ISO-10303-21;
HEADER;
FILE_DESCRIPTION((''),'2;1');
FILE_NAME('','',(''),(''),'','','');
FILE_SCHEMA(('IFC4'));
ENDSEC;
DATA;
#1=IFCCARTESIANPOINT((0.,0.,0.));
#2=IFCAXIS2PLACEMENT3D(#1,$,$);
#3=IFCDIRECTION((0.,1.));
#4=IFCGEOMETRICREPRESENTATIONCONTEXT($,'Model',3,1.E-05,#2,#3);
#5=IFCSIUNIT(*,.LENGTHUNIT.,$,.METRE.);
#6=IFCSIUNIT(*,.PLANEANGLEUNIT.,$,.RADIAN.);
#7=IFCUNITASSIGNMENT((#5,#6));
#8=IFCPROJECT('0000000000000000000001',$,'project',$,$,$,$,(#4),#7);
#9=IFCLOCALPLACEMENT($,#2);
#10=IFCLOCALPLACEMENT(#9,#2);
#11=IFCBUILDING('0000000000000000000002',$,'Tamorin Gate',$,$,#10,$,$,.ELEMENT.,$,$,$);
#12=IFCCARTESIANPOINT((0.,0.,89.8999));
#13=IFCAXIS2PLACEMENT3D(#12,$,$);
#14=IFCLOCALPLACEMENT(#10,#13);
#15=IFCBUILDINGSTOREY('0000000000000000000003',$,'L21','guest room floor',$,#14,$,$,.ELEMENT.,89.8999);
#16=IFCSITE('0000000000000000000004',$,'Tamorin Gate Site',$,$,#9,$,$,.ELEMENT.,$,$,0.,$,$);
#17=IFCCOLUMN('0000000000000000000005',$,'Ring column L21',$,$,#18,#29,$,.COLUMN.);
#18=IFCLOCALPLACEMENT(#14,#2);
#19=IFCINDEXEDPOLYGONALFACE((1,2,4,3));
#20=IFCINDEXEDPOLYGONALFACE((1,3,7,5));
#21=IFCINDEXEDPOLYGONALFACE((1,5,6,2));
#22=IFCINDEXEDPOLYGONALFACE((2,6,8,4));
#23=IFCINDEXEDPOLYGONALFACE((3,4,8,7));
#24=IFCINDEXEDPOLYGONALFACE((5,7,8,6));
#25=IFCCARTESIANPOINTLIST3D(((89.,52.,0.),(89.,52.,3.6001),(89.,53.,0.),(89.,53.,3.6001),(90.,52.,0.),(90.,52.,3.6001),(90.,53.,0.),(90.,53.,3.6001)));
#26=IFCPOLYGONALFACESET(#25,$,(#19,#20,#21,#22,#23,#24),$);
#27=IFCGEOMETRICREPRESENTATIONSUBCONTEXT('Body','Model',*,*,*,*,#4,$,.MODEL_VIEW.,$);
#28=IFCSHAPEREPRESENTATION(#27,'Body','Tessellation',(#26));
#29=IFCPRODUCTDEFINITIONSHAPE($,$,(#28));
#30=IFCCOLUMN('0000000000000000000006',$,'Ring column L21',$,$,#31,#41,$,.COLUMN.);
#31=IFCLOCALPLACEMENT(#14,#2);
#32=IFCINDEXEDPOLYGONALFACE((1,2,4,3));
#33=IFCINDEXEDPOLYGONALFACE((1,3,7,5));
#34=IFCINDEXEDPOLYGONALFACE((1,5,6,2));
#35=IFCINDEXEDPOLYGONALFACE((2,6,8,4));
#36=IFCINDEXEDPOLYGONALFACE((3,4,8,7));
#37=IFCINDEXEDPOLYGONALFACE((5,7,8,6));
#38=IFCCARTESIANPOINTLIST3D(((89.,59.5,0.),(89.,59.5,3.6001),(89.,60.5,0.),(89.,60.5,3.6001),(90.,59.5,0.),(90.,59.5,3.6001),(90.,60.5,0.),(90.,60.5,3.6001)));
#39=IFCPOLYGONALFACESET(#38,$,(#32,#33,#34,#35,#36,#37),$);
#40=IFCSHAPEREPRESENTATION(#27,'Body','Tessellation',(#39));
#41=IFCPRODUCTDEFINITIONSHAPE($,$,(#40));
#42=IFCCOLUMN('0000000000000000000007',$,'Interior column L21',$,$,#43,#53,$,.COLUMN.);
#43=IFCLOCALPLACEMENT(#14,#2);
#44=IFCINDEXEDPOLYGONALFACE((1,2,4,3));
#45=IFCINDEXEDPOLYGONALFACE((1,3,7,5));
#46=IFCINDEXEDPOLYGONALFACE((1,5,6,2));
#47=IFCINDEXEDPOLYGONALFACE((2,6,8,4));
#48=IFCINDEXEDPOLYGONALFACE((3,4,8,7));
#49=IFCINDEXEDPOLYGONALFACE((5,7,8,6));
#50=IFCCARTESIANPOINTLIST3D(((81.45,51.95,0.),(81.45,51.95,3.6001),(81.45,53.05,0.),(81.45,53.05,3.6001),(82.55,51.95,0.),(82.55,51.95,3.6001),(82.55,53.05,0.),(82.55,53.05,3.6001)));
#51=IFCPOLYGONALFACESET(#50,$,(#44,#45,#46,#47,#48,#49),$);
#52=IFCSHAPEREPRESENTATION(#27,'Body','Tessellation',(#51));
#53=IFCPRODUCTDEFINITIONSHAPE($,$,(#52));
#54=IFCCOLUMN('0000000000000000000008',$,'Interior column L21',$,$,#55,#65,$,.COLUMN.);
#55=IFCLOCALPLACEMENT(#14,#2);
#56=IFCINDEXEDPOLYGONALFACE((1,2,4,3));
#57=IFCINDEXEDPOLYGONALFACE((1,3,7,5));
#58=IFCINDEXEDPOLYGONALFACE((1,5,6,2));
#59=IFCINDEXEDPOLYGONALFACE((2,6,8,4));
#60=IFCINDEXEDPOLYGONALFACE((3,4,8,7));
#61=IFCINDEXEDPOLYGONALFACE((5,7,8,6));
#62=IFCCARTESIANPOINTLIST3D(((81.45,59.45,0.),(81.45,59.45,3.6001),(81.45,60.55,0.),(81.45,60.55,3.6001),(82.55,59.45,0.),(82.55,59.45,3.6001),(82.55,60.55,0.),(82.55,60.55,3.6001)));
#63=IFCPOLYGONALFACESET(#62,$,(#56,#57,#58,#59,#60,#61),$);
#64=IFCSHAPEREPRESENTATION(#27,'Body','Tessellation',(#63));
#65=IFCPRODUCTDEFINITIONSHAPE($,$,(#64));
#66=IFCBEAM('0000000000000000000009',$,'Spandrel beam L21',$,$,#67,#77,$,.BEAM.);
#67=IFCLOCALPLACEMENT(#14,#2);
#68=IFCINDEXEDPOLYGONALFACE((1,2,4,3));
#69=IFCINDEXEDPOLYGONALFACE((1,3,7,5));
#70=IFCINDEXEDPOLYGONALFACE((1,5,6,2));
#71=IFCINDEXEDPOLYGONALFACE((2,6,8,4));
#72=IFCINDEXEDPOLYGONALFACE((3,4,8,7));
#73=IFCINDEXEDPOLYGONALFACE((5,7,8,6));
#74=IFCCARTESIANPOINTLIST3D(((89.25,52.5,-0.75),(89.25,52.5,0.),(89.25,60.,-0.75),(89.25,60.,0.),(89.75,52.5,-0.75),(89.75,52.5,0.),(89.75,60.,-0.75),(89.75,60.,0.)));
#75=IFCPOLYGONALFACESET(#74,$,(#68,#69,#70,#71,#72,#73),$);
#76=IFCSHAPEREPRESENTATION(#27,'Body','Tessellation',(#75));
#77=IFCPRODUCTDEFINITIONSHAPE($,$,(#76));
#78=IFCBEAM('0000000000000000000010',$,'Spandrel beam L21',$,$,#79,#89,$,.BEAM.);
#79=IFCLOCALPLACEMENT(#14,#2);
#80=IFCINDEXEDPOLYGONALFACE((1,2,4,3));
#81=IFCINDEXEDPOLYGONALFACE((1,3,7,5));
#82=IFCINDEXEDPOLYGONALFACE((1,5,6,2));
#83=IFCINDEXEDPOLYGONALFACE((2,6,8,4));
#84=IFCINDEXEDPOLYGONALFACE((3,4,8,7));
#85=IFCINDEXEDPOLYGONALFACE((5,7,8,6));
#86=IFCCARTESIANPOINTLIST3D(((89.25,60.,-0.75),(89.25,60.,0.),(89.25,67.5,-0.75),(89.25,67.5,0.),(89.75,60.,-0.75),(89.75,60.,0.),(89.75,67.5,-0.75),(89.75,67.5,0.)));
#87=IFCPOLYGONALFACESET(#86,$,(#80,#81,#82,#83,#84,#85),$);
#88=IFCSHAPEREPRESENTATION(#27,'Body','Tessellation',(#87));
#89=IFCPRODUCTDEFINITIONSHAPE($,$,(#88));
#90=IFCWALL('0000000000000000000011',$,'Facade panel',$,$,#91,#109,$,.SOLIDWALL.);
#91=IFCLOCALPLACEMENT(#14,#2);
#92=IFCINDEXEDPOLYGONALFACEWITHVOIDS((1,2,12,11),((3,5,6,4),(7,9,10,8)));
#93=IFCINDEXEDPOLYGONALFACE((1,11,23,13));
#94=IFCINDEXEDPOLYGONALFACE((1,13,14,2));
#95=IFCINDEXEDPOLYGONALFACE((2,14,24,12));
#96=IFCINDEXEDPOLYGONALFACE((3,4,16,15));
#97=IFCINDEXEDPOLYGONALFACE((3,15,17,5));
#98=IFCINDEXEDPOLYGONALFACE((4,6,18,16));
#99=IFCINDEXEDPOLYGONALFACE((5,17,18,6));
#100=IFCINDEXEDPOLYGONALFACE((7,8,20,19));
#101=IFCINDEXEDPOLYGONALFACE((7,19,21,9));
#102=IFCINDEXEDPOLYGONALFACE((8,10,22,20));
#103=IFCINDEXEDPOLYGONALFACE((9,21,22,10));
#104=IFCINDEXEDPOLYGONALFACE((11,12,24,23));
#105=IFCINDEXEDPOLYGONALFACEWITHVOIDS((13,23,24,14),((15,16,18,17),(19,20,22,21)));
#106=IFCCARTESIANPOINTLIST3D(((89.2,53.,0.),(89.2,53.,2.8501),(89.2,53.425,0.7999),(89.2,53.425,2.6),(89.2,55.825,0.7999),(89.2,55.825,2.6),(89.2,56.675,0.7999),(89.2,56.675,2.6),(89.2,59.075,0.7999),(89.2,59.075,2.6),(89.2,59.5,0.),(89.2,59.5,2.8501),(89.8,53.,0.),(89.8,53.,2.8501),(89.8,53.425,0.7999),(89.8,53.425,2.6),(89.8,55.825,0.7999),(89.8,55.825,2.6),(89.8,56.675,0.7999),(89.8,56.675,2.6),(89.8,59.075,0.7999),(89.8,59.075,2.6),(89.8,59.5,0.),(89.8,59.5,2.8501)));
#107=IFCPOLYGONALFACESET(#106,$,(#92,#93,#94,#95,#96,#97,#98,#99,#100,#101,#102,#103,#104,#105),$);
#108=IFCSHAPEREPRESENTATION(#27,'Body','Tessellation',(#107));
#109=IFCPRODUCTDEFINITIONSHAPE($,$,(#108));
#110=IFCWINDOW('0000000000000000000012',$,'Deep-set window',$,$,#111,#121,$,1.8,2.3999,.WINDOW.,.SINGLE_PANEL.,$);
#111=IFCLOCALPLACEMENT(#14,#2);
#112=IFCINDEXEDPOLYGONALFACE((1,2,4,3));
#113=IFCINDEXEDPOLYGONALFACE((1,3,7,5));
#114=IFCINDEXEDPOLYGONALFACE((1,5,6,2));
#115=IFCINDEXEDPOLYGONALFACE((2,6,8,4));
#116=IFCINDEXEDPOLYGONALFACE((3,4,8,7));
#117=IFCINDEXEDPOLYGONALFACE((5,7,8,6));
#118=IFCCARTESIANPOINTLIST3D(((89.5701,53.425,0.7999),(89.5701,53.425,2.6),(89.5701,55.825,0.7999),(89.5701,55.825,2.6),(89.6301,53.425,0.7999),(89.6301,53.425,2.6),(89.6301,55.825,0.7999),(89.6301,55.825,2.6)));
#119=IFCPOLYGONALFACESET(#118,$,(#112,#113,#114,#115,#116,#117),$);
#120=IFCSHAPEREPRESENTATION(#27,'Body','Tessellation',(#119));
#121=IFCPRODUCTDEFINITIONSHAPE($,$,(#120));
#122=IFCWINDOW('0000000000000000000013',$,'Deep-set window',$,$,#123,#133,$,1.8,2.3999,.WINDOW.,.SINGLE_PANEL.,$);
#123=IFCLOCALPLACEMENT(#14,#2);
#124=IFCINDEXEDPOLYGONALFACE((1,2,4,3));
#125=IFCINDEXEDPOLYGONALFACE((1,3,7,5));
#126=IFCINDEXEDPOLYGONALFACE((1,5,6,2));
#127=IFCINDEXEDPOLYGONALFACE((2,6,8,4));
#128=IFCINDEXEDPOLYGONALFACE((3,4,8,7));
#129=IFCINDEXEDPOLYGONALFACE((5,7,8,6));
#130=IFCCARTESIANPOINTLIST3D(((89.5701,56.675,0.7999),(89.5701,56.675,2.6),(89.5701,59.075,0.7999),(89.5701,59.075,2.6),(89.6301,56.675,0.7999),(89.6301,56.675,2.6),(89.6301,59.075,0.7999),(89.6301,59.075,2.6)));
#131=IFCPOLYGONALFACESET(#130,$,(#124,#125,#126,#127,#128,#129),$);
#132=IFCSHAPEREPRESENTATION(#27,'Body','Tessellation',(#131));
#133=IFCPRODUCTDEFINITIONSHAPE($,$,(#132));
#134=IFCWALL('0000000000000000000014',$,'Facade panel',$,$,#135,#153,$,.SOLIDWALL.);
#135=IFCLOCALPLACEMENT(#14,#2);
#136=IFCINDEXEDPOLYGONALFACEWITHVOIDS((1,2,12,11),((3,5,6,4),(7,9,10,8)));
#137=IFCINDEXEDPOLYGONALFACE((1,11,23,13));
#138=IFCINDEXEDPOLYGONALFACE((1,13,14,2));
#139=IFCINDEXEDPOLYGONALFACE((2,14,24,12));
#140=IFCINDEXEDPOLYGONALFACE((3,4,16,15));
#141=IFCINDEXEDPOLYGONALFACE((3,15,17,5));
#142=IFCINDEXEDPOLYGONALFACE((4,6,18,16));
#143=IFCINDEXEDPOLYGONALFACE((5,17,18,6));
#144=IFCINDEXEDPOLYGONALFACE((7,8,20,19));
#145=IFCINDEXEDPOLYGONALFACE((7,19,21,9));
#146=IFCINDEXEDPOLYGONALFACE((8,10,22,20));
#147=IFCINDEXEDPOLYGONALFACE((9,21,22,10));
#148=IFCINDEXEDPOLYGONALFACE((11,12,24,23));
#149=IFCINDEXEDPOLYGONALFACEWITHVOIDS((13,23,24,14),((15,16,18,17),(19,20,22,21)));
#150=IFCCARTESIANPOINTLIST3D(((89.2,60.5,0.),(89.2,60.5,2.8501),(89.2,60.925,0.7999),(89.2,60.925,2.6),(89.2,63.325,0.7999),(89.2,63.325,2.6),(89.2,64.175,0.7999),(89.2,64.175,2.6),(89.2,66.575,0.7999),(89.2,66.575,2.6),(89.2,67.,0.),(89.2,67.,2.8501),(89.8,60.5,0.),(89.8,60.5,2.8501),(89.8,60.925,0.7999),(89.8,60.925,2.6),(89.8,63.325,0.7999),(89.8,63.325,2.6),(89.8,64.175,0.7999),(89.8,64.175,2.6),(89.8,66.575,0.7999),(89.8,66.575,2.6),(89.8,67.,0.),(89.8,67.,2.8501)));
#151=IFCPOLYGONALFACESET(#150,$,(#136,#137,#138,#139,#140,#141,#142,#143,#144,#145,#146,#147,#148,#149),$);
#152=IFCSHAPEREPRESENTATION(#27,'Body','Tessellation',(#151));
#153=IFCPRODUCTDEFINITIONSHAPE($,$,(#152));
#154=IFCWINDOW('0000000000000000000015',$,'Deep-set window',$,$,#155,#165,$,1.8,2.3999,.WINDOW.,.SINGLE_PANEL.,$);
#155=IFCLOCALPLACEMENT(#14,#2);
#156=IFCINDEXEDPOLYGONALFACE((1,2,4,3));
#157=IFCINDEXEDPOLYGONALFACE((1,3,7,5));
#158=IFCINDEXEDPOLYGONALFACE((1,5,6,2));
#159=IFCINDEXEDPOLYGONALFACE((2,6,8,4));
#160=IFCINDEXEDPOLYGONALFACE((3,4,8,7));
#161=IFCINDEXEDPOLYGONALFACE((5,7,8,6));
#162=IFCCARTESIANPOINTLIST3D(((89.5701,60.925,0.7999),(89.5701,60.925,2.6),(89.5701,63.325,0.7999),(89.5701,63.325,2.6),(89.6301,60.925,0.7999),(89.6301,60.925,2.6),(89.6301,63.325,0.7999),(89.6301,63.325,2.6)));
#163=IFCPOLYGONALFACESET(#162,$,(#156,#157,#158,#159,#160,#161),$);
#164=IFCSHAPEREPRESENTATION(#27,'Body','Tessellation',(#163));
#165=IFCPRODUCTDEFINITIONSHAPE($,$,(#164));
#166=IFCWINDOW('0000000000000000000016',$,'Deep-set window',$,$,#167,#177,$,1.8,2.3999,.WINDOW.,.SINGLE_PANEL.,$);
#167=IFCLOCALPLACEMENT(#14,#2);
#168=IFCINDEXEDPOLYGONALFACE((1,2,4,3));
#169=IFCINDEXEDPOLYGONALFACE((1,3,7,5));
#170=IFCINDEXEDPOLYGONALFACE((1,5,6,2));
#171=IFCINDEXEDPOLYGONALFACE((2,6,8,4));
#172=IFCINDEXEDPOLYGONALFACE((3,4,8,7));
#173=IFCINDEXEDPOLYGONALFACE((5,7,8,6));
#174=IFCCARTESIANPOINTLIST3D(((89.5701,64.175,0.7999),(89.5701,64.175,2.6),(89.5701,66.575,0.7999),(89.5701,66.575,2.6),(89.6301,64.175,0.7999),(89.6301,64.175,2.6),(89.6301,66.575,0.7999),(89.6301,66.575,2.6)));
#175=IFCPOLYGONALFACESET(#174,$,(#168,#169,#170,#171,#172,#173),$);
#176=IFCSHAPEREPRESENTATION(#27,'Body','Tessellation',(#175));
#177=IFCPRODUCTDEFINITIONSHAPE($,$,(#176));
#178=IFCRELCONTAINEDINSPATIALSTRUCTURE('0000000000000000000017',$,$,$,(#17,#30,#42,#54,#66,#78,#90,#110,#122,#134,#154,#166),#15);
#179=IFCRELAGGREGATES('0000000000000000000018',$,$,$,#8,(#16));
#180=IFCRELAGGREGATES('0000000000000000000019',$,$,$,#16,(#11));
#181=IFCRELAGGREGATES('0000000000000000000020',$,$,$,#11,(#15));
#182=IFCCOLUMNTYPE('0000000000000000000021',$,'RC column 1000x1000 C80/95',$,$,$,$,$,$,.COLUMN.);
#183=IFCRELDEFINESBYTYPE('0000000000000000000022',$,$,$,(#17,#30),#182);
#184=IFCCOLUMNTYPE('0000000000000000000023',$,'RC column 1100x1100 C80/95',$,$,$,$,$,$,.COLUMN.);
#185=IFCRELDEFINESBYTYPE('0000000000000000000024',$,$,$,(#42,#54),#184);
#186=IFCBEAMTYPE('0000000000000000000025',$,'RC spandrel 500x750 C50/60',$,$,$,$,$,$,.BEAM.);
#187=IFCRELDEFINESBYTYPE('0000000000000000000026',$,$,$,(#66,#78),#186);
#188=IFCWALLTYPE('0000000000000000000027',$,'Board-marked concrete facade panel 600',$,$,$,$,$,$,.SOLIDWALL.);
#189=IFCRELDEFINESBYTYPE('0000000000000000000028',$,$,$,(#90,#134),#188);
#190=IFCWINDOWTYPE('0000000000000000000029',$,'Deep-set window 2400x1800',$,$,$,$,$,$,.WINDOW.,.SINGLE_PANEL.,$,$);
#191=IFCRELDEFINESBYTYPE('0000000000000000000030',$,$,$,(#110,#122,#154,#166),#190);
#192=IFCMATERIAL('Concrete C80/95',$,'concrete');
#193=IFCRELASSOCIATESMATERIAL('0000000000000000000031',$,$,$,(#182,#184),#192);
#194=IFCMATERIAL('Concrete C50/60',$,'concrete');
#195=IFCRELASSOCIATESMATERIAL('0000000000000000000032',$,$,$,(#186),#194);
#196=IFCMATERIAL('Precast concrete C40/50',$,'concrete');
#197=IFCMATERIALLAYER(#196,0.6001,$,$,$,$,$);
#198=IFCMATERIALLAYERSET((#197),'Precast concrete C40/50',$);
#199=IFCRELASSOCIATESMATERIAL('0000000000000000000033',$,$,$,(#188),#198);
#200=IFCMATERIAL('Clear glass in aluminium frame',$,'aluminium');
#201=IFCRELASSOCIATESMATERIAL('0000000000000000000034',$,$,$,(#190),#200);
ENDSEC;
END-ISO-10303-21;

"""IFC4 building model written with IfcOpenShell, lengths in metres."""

from ifc_helpers import new_model, si_unit, direction, frame, frame_2d, origin, origin_2d, place, context, subcontext, project, spatial, rectangle, extrude, material, layer, layer_set, material_profile, profile_set, type_object, element, fill, save


model = new_model("IFC4")

# Units and contexts
model_context = context("Model", 3, precision=1e-05, world=origin(), true_north=direction((0.0, 1.0)))
body_context = subcontext(model_context, "Body", "Model", "MODEL_VIEW")
ifc_project = project(units=[si_unit("LENGTHUNIT", "METRE"), si_unit("PLANEANGLEUNIT", "RADIAN")], contexts=[model_context])

# Site, building, storey
site_placement = place(None, origin())
site = spatial("IfcSite", under=ifc_project, at=site_placement, Name="Tamorin Gate Site", CompositionType="ELEMENT", RefElevation=0.0)
building_placement = place(site_placement, origin())
building = spatial("IfcBuilding", under=site, at=building_placement, Name="Tamorin Gate", CompositionType="ELEMENT")
storey_placement = place(building_placement, frame((0.0, 0.0, 89.8999)))
storey = spatial("IfcBuildingStorey", under=building, at=storey_placement, Name="L21", Description="guest room floor", CompositionType="ELEMENT", Elevation=89.8999)

# Columns
ifc_material_1 = material(Name="Concrete C80/95", Category="concrete")
ifc_material_profile_1 = material_profile(ifc_material_1, rectangle(XDim=1.0, YDim=1.0, at=origin_2d()), Name="RC 1000x1000")
ifc_profile_set_1 = profile_set([ifc_material_profile_1], Name="Concrete C80/95")
column_type_1 = type_object("IfcColumnType", Name="RC column 1000x1000 C80/95", PredefinedType="COLUMN", material=ifc_profile_set_1)
for number, where, z_axis, x_axis, name in (
    (1, (89.5, 52.5, 0.0), (0.0, 0.0, 1.0), (1.0, 0.0, 0.0), "Ring column L21"),
    (2, (89.5, 60.0, 0.0), (0.0, 0.0, 1.0), (1.0, 0.0, 0.0), "Ring column L21"),
):
    element("IfcColumn", number, at=place(storey_placement, frame(where, z_axis=z_axis, x_axis=x_axis)), inside=storey, type_object=column_type_1, Name=name, PredefinedType="COLUMN", context=body_context, shape_type="SweptSolid", body=[
        extrude(rectangle(XDim=1.0, YDim=1.0, at=origin_2d()), origin(), (0.0, 0.0, 1.0), 3.6001),
    ])
ifc_material_profile_2 = material_profile(ifc_material_1, rectangle(XDim=1.1001, YDim=1.1001, at=origin_2d()), Name="RC 1100x1100")
ifc_profile_set_2 = profile_set([ifc_material_profile_2], Name="Concrete C80/95")
column_type_2 = type_object("IfcColumnType", Name="RC column 1100x1100 C80/95", PredefinedType="COLUMN", material=ifc_profile_set_2)
for number, where, z_axis, x_axis, name in (
    (3, (82.0, 52.5, 0.0), (0.0, 0.0, 1.0), (1.0, 0.0, 0.0), "Interior column L21"),
    (4, (82.0, 60.0, 0.0), (0.0, 0.0, 1.0), (1.0, 0.0, 0.0), "Interior column L21"),
):
    element("IfcColumn", number, at=place(storey_placement, frame(where, z_axis=z_axis, x_axis=x_axis)), inside=storey, type_object=column_type_2, Name=name, PredefinedType="COLUMN", context=body_context, shape_type="SweptSolid", body=[
        extrude(rectangle(XDim=1.1001, YDim=1.1001, at=origin_2d()), origin(), (0.0, 0.0, 1.0), 3.6001),
    ])

# Beams
ifc_material_2 = material(Name="Concrete C50/60", Category="concrete")
ifc_material_profile_3 = material_profile(ifc_material_2, rectangle(XDim=0.5, YDim=0.75, at=origin_2d()), Name="RC 500x750")
ifc_profile_set_3 = profile_set([ifc_material_profile_3], Name="Concrete C50/60")
beam_type = type_object("IfcBeamType", Name="RC spandrel 500x750 C50/60", PredefinedType="BEAM", material=ifc_profile_set_3)
for number, where, z_axis, x_axis, name in (
    (5, (89.5, 52.5, -0.375), (0.0, 1.0, 0.0), (-1.0, 0.0, 0.0), "Spandrel beam L21"),
    (6, (89.5, 60.0, -0.375), (0.0, 1.0, 0.0), (-1.0, 0.0, 0.0), "Spandrel beam L21"),
):
    element("IfcBeam", number, at=place(storey_placement, frame(where, z_axis=z_axis, x_axis=x_axis)), inside=storey, type_object=beam_type, Name=name, PredefinedType="BEAM", context=body_context, shape_type="SweptSolid", body=[
        extrude(rectangle(XDim=0.5, YDim=0.75, at=origin_2d()), origin(), (0.0, 0.0, 1.0), 7.5),
    ])

# Walls, openings, windows
ifc_material_3 = material(Name="Precast concrete C40/50", Category="concrete")
ifc_layer_1 = layer(ifc_material_3, 0.6001)
ifc_layer_set_1 = layer_set([ifc_layer_1], Name="Precast concrete C40/50")
wall_type_1 = type_object("IfcWallType", Name="Board-marked concrete facade panel 600", PredefinedType="SOLIDWALL", material=ifc_layer_set_1)
wall_1_placement = place(storey_placement, frame((89.5, 53.0, 0.0), z_axis=(0.0, 0.0, 1.0), x_axis=(0.0, 1.0, 0.0)))
wall_1 = element("IfcWall", 7, at=wall_1_placement, inside=storey, type_object=wall_type_1, Name="Facade panel", PredefinedType="SOLIDWALL", context=body_context, shape_type="SweptSolid", body=[
    extrude(rectangle(XDim=6.5, YDim=0.6001, at=frame_2d((3.25, 0.0))), origin(), (0.0, 0.0, 1.0), 2.8501),
])
opening_1_placement = place(wall_1_placement, frame((0.425, 0.0, 0.8)))
opening_1 = element("IfcOpeningElement", 8, at=opening_1_placement, cuts=wall_1, PredefinedType="OPENING", context=body_context, shape_type="SweptSolid", body=[
    extrude(rectangle(XDim=2.3999, YDim=1.8, at=frame_2d((1.2, 0.8999))), frame((0.0, 0.3101, 0.0), z_axis=(0.0, -1.0, 0.0), x_axis=(1.0, 0.0, 0.0)), (0.0, 0.0, 1.0), 0.6201),
])
opening_2_placement = place(wall_1_placement, frame((3.675, 0.0, 0.8)))
opening_2 = element("IfcOpeningElement", 9, at=opening_2_placement, cuts=wall_1, PredefinedType="OPENING", context=body_context, shape_type="SweptSolid", body=[
    extrude(rectangle(XDim=2.3999, YDim=1.8, at=frame_2d((1.2, 0.8999))), frame((0.0, 0.3101, 0.0), z_axis=(0.0, -1.0, 0.0), x_axis=(1.0, 0.0, 0.0)), (0.0, 0.0, 1.0), 0.6201),
])
ifc_material_4 = material(Name="Clear glass in aluminium frame", Category="aluminium")
window_type = type_object("IfcWindowType", Name="Deep-set window 2400x1800", PartitioningType="SINGLE_PANEL", PredefinedType="WINDOW", material=ifc_material_4)
window_1_placement = place(opening_1_placement, origin())
window_1 = element("IfcWindow", 10, at=window_1_placement, inside=storey, type_object=window_type, Name="Deep-set window", OverallHeight=1.8, OverallWidth=2.3999, PartitioningType="SINGLE_PANEL", PredefinedType="WINDOW", context=body_context, shape_type="SweptSolid", body=[
    extrude(rectangle(XDim=2.3999, YDim=1.8, at=frame_2d((1.2, 0.8999))), frame((0.0, -0.0701, 0.0), z_axis=(0.0, -1.0, 0.0), x_axis=(1.0, 0.0, 0.0)), (0.0, 0.0, 1.0), 0.0601),
])
fill(opening_1, window_1)
window_2_placement = place(opening_2_placement, origin())
window_2 = element("IfcWindow", 11, at=window_2_placement, inside=storey, type_object=window_type, Name="Deep-set window", OverallHeight=1.8, OverallWidth=2.3999, PartitioningType="SINGLE_PANEL", PredefinedType="WINDOW", context=body_context, shape_type="SweptSolid", body=[
    extrude(rectangle(XDim=2.3999, YDim=1.8, at=frame_2d((1.2, 0.8999))), frame((0.0, -0.0701, 0.0), z_axis=(0.0, -1.0, 0.0), x_axis=(1.0, 0.0, 0.0)), (0.0, 0.0, 1.0), 0.0601),
])
fill(opening_2, window_2)
wall_2_placement = place(storey_placement, frame((89.5, 60.5, 0.0), z_axis=(0.0, 0.0, 1.0), x_axis=(0.0, 1.0, 0.0)))
wall_2 = element("IfcWall", 12, at=wall_2_placement, inside=storey, type_object=wall_type_1, Name="Facade panel", PredefinedType="SOLIDWALL", context=body_context, shape_type="SweptSolid", body=[
    extrude(rectangle(XDim=6.5, YDim=0.6001, at=frame_2d((3.25, 0.0))), origin(), (0.0, 0.0, 1.0), 2.8501),
])
opening_3_placement = place(wall_2_placement, frame((0.425, 0.0, 0.8)))
opening_3 = element("IfcOpeningElement", 13, at=opening_3_placement, cuts=wall_2, PredefinedType="OPENING", context=body_context, shape_type="SweptSolid", body=[
    extrude(rectangle(XDim=2.3999, YDim=1.8, at=frame_2d((1.2, 0.8999))), frame((0.0, 0.3101, 0.0), z_axis=(0.0, -1.0, 0.0), x_axis=(1.0, 0.0, 0.0)), (0.0, 0.0, 1.0), 0.6201),
])
opening_4_placement = place(wall_2_placement, frame((3.675, 0.0, 0.8)))
opening_4 = element("IfcOpeningElement", 14, at=opening_4_placement, cuts=wall_2, PredefinedType="OPENING", context=body_context, shape_type="SweptSolid", body=[
    extrude(rectangle(XDim=2.3999, YDim=1.8, at=frame_2d((1.2, 0.8999))), frame((0.0, 0.3101, 0.0), z_axis=(0.0, -1.0, 0.0), x_axis=(1.0, 0.0, 0.0)), (0.0, 0.0, 1.0), 0.6201),
])
window_3_placement = place(opening_3_placement, origin())
window_3 = element("IfcWindow", 15, at=window_3_placement, inside=storey, type_object=window_type, Name="Deep-set window", OverallHeight=1.8, OverallWidth=2.3999, PartitioningType="SINGLE_PANEL", PredefinedType="WINDOW", context=body_context, shape_type="SweptSolid", body=[
    extrude(rectangle(XDim=2.3999, YDim=1.8, at=frame_2d((1.2, 0.8999))), frame((0.0, -0.0701, 0.0), z_axis=(0.0, -1.0, 0.0), x_axis=(1.0, 0.0, 0.0)), (0.0, 0.0, 1.0), 0.0601),
])
fill(opening_3, window_3)
window_4_placement = place(opening_4_placement, origin())
window_4 = element("IfcWindow", 16, at=window_4_placement, inside=storey, type_object=window_type, Name="Deep-set window", OverallHeight=1.8, OverallWidth=2.3999, PartitioningType="SINGLE_PANEL", PredefinedType="WINDOW", context=body_context, shape_type="SweptSolid", body=[
    extrude(rectangle(XDim=2.3999, YDim=1.8, at=frame_2d((1.2, 0.8999))), frame((0.0, -0.0701, 0.0), z_axis=(0.0, -1.0, 0.0), x_axis=(1.0, 0.0, 0.0)), (0.0, 0.0, 1.0), 0.0601),
])
fill(opening_4, window_4)

save(model, "model.ifc")
